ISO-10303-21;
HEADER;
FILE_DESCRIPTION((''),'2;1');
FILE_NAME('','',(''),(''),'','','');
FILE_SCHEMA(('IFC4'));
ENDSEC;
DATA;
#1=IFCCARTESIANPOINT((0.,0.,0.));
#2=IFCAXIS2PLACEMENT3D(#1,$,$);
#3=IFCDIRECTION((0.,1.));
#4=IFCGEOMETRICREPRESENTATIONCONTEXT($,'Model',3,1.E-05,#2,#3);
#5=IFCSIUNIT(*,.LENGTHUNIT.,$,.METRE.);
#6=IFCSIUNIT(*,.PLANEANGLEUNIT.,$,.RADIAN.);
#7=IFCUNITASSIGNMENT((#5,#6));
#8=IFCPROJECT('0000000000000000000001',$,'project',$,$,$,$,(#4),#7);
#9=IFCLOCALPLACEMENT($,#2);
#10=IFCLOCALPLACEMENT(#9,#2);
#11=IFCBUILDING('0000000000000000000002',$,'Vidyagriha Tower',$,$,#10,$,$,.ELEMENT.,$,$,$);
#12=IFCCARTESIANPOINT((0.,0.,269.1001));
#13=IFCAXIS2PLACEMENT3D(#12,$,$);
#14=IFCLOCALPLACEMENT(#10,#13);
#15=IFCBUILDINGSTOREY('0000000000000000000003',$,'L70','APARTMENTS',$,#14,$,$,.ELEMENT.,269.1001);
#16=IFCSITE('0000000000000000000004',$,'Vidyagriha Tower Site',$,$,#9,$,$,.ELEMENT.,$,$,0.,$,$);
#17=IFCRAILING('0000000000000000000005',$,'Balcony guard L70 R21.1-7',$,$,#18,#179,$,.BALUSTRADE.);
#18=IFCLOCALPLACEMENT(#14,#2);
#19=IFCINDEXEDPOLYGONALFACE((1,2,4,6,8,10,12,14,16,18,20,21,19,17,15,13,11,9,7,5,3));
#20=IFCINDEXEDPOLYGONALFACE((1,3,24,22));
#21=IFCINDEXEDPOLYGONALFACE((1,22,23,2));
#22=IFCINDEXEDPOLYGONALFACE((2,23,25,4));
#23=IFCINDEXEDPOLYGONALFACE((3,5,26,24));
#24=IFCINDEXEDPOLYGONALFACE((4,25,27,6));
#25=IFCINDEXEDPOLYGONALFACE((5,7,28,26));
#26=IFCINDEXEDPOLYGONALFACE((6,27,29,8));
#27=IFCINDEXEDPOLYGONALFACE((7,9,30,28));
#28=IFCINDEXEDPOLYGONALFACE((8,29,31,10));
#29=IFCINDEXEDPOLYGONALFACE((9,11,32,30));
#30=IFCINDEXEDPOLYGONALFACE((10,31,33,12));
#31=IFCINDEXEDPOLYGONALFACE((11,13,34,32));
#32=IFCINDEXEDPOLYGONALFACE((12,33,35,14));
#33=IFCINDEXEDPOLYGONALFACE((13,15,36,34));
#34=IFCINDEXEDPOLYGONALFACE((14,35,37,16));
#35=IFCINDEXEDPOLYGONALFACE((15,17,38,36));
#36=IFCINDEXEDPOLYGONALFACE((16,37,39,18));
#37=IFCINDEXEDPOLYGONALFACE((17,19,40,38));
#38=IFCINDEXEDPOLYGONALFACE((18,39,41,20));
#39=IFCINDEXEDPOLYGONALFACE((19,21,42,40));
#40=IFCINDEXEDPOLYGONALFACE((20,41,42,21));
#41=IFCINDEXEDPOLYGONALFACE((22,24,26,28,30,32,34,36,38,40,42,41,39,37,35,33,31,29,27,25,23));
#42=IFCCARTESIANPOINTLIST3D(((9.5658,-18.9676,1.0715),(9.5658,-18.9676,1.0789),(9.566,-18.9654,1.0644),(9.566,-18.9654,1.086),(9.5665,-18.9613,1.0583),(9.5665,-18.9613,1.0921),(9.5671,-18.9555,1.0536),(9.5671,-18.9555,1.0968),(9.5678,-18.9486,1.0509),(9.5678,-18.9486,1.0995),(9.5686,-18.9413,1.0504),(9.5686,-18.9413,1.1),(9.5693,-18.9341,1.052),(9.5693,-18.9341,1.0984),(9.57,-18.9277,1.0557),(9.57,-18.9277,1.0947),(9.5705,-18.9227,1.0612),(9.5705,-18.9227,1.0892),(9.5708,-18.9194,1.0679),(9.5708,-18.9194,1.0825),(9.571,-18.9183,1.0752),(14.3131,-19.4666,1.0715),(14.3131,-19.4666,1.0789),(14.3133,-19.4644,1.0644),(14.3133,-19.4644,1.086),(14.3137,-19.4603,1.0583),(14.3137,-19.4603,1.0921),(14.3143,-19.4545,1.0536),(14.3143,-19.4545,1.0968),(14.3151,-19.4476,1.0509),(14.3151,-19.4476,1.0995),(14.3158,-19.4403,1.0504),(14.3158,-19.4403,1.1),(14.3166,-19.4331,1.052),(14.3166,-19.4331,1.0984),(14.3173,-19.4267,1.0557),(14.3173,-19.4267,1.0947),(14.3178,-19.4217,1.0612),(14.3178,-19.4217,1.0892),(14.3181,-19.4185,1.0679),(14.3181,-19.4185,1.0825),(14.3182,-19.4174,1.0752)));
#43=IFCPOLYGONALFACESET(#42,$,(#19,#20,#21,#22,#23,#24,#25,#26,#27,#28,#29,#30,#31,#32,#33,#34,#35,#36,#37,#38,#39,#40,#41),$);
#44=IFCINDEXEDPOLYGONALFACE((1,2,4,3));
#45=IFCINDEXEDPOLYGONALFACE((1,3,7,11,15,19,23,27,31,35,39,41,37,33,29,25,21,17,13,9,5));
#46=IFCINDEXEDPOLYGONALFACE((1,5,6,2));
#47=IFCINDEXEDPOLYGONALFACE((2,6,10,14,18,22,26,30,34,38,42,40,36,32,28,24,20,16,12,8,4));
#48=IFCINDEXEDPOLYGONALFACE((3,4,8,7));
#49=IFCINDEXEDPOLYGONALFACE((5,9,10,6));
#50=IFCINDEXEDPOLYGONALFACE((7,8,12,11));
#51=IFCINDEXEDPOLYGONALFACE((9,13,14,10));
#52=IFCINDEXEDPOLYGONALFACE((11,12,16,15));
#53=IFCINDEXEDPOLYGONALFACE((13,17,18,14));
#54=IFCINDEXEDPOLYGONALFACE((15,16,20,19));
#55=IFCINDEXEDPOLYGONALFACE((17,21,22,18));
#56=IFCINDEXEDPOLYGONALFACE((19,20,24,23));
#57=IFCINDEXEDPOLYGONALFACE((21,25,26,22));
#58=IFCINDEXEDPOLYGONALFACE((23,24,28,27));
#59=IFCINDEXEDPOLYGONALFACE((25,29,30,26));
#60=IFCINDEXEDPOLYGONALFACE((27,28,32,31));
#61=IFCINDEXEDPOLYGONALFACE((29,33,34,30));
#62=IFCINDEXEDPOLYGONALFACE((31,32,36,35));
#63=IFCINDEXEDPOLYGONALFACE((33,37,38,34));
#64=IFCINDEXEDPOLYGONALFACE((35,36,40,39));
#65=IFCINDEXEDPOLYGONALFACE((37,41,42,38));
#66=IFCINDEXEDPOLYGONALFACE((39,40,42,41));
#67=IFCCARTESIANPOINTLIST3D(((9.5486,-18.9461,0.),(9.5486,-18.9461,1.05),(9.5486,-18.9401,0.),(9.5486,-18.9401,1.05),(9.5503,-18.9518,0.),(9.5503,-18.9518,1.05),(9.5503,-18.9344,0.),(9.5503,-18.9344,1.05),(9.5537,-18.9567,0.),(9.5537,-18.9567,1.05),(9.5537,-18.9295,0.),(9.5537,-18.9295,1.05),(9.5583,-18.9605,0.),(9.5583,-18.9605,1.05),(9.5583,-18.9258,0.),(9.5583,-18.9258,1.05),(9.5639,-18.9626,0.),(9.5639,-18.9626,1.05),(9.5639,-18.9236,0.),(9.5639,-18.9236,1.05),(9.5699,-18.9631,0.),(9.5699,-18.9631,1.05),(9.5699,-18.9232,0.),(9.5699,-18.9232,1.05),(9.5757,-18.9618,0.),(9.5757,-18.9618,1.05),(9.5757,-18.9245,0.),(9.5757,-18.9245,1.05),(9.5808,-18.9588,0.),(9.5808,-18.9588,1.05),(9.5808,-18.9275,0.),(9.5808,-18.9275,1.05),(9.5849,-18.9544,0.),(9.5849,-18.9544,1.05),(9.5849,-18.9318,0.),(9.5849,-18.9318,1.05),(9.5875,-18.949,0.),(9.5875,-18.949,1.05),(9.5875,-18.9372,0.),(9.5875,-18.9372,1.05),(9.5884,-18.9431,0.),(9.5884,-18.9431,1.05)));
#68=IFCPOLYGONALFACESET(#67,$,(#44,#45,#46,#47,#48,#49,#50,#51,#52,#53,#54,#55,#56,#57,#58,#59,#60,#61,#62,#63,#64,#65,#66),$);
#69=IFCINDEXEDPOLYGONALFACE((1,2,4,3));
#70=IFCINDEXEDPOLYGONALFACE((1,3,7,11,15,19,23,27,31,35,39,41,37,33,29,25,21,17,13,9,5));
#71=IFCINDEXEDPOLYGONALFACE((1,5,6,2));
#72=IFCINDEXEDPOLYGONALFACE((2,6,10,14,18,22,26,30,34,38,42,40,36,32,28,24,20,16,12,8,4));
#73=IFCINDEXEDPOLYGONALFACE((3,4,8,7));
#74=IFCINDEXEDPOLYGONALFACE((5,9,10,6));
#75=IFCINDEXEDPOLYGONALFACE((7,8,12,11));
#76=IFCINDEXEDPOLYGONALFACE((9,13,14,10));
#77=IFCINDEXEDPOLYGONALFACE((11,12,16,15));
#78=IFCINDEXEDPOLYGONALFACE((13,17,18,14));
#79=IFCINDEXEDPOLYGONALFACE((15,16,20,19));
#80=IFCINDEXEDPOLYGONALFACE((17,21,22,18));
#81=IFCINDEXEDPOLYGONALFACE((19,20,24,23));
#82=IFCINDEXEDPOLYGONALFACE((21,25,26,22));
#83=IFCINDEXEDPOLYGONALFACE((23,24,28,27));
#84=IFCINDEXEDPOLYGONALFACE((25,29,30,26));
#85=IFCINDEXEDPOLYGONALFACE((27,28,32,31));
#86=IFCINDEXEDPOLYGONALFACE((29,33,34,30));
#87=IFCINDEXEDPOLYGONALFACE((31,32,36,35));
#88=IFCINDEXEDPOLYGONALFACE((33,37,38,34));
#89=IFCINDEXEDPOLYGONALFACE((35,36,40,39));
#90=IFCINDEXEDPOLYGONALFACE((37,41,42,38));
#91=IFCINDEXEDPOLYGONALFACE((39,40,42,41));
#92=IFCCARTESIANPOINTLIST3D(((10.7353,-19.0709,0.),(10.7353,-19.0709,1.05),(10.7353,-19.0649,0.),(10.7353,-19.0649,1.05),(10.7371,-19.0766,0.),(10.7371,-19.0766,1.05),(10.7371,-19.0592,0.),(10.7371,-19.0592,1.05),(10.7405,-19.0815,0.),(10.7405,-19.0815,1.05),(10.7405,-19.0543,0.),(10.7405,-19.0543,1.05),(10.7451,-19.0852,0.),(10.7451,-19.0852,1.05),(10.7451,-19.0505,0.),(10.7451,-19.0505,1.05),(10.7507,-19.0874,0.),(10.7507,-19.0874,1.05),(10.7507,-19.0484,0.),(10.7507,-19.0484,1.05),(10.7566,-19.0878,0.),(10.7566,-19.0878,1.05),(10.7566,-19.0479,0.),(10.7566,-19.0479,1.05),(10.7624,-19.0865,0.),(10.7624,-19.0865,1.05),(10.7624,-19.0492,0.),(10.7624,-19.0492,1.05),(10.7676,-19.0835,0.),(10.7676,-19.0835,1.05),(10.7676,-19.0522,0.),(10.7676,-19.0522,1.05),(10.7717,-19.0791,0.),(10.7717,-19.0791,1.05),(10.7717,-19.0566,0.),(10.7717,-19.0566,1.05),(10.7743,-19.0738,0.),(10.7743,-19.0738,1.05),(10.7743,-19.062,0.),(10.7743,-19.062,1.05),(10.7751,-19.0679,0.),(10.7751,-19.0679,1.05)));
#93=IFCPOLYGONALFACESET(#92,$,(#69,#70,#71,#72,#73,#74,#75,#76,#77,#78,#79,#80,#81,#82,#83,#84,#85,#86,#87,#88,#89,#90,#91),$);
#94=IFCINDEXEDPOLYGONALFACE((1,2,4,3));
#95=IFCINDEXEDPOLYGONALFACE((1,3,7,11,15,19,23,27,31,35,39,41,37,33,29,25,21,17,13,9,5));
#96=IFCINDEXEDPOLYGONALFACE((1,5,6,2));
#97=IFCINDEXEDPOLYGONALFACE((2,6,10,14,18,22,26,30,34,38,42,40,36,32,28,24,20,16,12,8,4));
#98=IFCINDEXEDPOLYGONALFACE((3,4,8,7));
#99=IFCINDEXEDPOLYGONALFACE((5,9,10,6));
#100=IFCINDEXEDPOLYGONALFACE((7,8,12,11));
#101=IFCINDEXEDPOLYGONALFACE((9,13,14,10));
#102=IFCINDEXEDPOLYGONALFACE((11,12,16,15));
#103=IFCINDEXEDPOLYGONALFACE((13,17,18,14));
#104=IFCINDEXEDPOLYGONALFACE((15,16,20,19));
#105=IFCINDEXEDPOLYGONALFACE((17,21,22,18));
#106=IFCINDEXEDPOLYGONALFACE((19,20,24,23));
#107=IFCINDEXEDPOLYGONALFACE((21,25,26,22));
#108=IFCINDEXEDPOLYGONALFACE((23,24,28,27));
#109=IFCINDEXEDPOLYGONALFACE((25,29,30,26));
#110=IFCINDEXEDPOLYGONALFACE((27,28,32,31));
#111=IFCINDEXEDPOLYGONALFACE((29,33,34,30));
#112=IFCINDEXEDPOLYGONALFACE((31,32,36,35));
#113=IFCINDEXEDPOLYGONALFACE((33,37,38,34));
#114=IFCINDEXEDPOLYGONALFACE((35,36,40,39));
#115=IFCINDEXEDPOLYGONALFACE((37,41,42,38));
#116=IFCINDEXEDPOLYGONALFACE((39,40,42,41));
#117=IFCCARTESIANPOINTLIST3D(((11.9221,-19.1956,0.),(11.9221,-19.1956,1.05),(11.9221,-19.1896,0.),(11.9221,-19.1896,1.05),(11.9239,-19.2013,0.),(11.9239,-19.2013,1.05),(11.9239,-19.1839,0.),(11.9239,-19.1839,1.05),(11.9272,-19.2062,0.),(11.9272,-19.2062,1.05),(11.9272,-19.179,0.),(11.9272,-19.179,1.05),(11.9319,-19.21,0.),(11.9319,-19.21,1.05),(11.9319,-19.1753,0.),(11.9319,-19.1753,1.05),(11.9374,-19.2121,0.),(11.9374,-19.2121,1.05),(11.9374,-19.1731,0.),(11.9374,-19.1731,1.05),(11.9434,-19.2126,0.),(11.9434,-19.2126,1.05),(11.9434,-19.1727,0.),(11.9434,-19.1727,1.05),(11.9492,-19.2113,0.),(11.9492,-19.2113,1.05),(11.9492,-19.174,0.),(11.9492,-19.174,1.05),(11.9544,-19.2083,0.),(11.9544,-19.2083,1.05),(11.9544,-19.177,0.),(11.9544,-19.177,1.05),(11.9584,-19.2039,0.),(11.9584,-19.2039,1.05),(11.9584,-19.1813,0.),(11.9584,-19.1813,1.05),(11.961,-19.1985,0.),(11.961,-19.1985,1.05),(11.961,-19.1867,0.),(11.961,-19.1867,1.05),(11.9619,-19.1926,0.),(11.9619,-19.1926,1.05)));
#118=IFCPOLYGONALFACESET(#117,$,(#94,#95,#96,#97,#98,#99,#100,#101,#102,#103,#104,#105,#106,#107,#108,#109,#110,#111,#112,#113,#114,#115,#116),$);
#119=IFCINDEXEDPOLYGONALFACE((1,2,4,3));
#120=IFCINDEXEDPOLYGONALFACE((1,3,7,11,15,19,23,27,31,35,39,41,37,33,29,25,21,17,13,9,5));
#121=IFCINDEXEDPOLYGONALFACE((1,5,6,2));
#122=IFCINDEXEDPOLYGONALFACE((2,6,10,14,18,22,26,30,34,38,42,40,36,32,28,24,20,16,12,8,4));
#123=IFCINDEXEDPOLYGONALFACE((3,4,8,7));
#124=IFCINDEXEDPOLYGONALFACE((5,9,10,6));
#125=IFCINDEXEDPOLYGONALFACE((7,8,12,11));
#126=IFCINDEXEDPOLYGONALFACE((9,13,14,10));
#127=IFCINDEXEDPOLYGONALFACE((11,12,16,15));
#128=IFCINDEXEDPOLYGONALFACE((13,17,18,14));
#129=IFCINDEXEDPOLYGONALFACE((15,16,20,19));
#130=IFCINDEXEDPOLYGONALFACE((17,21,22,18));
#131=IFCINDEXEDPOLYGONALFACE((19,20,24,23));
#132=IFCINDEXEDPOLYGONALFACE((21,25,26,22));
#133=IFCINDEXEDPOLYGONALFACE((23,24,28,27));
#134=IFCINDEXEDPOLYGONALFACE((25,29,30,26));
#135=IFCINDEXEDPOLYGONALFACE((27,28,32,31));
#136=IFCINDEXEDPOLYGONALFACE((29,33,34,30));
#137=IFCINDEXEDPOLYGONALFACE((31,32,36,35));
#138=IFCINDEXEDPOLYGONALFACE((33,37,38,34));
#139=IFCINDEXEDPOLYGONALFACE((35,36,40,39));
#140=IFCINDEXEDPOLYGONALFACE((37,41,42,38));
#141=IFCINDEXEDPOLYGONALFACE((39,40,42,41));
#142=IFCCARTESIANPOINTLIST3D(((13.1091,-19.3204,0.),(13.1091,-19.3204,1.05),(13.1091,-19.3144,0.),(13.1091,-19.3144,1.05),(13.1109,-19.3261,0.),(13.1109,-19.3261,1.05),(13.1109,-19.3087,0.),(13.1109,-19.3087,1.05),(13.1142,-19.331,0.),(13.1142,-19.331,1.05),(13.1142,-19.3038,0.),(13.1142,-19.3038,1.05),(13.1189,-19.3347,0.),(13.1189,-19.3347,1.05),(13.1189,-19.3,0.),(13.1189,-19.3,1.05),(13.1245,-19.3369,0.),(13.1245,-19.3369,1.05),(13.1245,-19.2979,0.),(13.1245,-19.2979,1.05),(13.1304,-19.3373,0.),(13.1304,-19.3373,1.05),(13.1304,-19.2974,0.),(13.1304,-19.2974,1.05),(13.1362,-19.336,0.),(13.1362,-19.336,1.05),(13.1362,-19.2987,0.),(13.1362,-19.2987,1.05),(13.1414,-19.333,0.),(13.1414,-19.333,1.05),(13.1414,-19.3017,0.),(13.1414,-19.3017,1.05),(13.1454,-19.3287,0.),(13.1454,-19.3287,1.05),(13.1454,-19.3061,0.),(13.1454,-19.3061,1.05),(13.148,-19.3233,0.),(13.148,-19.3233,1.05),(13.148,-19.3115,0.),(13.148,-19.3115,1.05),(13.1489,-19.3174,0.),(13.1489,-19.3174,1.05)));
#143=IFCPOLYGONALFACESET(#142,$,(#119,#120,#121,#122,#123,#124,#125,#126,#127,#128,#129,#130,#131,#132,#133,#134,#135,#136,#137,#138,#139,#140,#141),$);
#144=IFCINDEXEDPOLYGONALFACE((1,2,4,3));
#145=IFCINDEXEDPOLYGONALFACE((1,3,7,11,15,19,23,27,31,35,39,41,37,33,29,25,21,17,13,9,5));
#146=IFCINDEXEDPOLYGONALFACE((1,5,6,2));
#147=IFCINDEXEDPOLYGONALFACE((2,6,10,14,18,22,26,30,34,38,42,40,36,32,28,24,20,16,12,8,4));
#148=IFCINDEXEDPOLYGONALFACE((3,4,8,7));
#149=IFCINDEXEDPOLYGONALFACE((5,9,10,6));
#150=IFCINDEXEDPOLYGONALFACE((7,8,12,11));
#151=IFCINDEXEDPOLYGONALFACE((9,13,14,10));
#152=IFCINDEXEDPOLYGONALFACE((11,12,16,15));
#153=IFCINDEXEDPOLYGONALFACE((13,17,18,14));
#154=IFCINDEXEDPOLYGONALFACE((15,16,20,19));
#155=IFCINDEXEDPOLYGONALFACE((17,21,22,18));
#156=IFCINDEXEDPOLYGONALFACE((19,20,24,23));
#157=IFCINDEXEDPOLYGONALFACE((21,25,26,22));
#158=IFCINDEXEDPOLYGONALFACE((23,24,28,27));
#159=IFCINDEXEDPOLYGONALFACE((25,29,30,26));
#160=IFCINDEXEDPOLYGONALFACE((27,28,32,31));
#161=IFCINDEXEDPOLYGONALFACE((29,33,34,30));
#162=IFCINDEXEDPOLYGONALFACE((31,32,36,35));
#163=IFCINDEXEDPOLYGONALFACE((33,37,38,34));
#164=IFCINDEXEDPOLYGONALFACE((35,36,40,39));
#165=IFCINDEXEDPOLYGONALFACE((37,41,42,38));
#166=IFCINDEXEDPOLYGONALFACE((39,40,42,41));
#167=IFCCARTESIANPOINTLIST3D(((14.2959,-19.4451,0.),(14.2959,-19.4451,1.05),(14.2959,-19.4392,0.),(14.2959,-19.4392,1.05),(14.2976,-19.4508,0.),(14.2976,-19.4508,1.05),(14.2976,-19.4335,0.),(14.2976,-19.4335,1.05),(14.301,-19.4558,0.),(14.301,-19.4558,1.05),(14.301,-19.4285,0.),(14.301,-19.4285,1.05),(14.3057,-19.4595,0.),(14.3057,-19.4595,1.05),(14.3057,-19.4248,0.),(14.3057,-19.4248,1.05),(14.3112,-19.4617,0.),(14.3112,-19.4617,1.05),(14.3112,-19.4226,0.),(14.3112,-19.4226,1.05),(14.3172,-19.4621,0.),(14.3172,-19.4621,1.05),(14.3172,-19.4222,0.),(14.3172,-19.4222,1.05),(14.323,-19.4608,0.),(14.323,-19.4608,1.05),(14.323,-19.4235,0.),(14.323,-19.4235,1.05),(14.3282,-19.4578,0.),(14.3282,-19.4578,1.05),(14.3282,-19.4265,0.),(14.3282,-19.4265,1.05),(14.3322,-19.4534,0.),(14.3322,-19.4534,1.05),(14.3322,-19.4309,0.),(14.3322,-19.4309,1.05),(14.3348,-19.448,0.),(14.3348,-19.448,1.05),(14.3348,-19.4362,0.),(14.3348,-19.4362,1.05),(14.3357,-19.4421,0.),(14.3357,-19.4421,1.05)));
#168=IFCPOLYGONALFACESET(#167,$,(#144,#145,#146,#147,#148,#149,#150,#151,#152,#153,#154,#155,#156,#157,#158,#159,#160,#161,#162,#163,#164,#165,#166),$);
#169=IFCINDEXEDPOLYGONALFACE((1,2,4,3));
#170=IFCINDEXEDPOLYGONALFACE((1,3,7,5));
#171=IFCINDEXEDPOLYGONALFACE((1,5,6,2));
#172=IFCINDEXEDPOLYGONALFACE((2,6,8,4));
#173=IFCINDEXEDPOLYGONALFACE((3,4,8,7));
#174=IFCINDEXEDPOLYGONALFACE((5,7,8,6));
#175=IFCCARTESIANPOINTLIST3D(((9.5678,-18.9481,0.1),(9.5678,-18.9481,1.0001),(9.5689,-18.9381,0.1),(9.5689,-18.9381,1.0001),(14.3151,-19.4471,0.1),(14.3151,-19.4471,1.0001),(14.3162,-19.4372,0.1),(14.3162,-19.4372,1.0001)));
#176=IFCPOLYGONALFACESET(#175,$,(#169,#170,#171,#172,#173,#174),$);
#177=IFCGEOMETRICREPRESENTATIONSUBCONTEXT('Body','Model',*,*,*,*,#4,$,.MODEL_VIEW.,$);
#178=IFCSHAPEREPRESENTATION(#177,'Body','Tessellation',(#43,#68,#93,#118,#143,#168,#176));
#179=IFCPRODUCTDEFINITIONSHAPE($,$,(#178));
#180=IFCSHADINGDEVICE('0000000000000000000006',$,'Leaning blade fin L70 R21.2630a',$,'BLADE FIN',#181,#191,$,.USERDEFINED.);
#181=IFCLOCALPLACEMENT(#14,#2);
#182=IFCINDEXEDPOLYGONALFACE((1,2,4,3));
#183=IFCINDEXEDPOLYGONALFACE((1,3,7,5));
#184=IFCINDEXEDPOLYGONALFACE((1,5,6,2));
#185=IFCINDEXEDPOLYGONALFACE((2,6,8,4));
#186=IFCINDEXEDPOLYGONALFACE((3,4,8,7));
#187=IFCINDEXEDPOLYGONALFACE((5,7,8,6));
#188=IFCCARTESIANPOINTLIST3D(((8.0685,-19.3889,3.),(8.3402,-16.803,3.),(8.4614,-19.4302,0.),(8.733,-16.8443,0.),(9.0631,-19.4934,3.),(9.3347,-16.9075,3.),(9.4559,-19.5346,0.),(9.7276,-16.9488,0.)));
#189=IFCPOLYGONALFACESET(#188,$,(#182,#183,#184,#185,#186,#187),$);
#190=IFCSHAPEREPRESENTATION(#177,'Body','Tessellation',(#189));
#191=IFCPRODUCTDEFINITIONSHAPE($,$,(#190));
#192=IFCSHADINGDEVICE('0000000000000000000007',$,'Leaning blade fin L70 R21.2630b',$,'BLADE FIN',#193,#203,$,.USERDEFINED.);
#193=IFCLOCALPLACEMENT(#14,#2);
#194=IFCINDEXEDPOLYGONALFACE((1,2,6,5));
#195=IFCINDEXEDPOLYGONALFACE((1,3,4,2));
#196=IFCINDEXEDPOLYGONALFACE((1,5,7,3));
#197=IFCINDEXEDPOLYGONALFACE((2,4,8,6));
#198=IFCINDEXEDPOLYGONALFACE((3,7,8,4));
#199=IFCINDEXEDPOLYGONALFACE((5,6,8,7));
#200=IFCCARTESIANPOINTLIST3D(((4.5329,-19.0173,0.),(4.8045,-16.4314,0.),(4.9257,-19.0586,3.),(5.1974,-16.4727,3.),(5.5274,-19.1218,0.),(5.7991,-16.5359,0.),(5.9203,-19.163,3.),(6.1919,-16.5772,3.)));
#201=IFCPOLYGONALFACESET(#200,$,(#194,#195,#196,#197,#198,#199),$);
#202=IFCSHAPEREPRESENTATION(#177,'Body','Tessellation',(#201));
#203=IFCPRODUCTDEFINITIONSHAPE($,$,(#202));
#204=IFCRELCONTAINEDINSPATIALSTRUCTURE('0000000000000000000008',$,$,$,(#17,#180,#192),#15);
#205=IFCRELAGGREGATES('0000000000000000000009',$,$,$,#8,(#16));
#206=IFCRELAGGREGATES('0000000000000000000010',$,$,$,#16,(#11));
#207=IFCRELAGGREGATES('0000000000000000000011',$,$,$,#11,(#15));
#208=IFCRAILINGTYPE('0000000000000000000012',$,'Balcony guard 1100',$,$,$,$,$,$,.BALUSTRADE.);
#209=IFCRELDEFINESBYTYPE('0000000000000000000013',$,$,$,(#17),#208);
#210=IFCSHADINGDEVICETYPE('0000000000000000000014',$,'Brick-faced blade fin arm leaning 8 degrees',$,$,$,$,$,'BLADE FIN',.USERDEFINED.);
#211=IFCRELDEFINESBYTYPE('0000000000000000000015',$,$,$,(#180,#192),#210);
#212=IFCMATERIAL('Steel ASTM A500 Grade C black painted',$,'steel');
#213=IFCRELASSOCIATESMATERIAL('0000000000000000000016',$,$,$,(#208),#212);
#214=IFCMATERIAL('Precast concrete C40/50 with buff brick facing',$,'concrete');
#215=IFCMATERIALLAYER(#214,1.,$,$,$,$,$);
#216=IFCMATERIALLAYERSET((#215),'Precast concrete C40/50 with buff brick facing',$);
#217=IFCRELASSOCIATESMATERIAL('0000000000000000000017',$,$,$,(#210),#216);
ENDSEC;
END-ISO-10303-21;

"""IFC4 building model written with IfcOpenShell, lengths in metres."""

from ifc_helpers import new_model, si_unit, direction, frame, origin, origin_2d, place, context, subcontext, project, spatial, polyline, rectangle, circle, outline, extrude, material, layer, layer_set, type_object, element, save


model = new_model("IFC4")

# Units and contexts
model_context = context("Model", 3, precision=1e-05, world=origin(), true_north=direction((0.0, 1.0)))
body_context = subcontext(model_context, "Body", "Model", "MODEL_VIEW")
ifc_project = project(units=[si_unit("LENGTHUNIT", "METRE"), si_unit("PLANEANGLEUNIT", "RADIAN")], contexts=[model_context])

# Site, building, storey
site_placement = place(None, origin())
site = spatial("IfcSite", under=ifc_project, at=site_placement, Name="Vidyagriha Tower Site", CompositionType="ELEMENT", RefElevation=0.0)
building_placement = place(site_placement, origin())
building = spatial("IfcBuilding", under=site, at=building_placement, Name="Vidyagriha Tower", CompositionType="ELEMENT")
storey_placement = place(building_placement, frame((0.0, 0.0, 269.1001)))
storey = spatial("IfcBuildingStorey", under=building, at=storey_placement, Name="L70", Description="APARTMENTS", CompositionType="ELEMENT", Elevation=269.1001)

# Railing
ifc_material_1 = material(Name="Steel ASTM A500 Grade C black painted", Category="steel")
railing_type = type_object("IfcRailingType", Name="Balcony guard 1100", PredefinedType="BALUSTRADE", material=ifc_material_1)
railing_1_placement = place(storey_placement, frame((9.5684, -18.9431, 0.0)))
element("IfcRailing", 1, at=railing_1_placement, inside=storey, type_object=railing_type, Name="Balcony guard L70 R21.1-7", PredefinedType="BALUSTRADE", context=body_context, shape_type="SweptSolid", body=[
    extrude(circle(Radius=0.0249, at=origin_2d()), frame((0.0, 0.0, 1.0752), z_axis=(0.994521, -0.104541, 0.0), x_axis=(0.104541, 0.994521, 0.0)), (0.0, 0.0, 1.0), 4.7734),
    extrude(circle(Radius=0.02, at=origin_2d()), origin(), (0.0, 0.0, 1.0), 1.05),
    extrude(circle(Radius=0.02, at=origin_2d()), frame((1.1868, -0.1248, 0.0)), (0.0, 0.0, 1.0), 1.05),
    extrude(circle(Radius=0.02, at=origin_2d()), frame((2.3735, -0.2495, 0.0)), (0.0, 0.0, 1.0), 1.05),
    extrude(circle(Radius=0.02, at=origin_2d()), frame((3.5605, -0.3743, 0.0)), (0.0, 0.0, 1.0), 1.05),
    extrude(circle(Radius=0.02, at=origin_2d()), frame((4.7473, -0.499, 0.0)), (0.0, 0.0, 1.0), 1.05),
    extrude(rectangle(XDim=0.01, YDim=0.9001, at=origin_2d()), frame((0.0, 0.0, 0.55), z_axis=(0.994521, -0.104541, 0.0), x_axis=(0.104541, 0.994521, 0.0)), (0.0, 0.0, 1.0), 4.7734),
])

# Shading devices
ifc_material_2 = material(Name="Precast concrete C40/50 with buff brick facing", Category="concrete")
ifc_layer_1 = layer(ifc_material_2, 1.0)
ifc_layer_set_1 = layer_set([ifc_layer_1], Name="Precast concrete C40/50 with buff brick facing")
shading_device_type = type_object("IfcShadingDeviceType", Name="Brick-faced blade fin arm leaning 8 degrees", ElementType="BLADE FIN", PredefinedType="USERDEFINED", material=ifc_layer_set_1)
shading_device_1_placement = place(storey_placement, frame((8.2043, -18.0959, 0.0), z_axis=(0.0, 0.0, 1.0), x_axis=(0.994527, -0.104475, 0.0)))
element("IfcShadingDevice", 2, at=shading_device_1_placement, inside=storey, type_object=shading_device_type, Name="Leaning blade fin L70 R21.2630a", ObjectType="BLADE FIN", PredefinedType="USERDEFINED", context=body_context, shape_type="SweptSolid", body=[
    extrude(outline(polyline([(0.395, 0.0), (1.395, 0.0), (1.0, 3.0), (0.0, 3.0), (0.395, 0.0)])), frame((0.0, 1.3, 0.0), z_axis=(0.0, -1.0, 0.0), x_axis=(1.0, 0.0, 0.0)), (0.0, 0.0, 1.0), 2.6001),
])
shading_device_2_placement = place(storey_placement, frame((4.6687, -17.7244, 0.0), z_axis=(0.0, 0.0, 1.0), x_axis=(0.994527, -0.104475, 0.0)))
element("IfcShadingDevice", 3, at=shading_device_2_placement, inside=storey, type_object=shading_device_type, Name="Leaning blade fin L70 R21.2630b", ObjectType="BLADE FIN", PredefinedType="USERDEFINED", context=body_context, shape_type="SweptSolid", body=[
    extrude(outline(polyline([(0.0, 0.0), (1.0, 0.0), (1.395, 3.0), (0.395, 3.0), (0.0, 0.0)])), frame((0.0, 1.3, 0.0), z_axis=(0.0, -1.0, 0.0), x_axis=(1.0, 0.0, 0.0)), (0.0, 0.0, 1.0), 2.6001),
])

save(model, "model.ifc")
